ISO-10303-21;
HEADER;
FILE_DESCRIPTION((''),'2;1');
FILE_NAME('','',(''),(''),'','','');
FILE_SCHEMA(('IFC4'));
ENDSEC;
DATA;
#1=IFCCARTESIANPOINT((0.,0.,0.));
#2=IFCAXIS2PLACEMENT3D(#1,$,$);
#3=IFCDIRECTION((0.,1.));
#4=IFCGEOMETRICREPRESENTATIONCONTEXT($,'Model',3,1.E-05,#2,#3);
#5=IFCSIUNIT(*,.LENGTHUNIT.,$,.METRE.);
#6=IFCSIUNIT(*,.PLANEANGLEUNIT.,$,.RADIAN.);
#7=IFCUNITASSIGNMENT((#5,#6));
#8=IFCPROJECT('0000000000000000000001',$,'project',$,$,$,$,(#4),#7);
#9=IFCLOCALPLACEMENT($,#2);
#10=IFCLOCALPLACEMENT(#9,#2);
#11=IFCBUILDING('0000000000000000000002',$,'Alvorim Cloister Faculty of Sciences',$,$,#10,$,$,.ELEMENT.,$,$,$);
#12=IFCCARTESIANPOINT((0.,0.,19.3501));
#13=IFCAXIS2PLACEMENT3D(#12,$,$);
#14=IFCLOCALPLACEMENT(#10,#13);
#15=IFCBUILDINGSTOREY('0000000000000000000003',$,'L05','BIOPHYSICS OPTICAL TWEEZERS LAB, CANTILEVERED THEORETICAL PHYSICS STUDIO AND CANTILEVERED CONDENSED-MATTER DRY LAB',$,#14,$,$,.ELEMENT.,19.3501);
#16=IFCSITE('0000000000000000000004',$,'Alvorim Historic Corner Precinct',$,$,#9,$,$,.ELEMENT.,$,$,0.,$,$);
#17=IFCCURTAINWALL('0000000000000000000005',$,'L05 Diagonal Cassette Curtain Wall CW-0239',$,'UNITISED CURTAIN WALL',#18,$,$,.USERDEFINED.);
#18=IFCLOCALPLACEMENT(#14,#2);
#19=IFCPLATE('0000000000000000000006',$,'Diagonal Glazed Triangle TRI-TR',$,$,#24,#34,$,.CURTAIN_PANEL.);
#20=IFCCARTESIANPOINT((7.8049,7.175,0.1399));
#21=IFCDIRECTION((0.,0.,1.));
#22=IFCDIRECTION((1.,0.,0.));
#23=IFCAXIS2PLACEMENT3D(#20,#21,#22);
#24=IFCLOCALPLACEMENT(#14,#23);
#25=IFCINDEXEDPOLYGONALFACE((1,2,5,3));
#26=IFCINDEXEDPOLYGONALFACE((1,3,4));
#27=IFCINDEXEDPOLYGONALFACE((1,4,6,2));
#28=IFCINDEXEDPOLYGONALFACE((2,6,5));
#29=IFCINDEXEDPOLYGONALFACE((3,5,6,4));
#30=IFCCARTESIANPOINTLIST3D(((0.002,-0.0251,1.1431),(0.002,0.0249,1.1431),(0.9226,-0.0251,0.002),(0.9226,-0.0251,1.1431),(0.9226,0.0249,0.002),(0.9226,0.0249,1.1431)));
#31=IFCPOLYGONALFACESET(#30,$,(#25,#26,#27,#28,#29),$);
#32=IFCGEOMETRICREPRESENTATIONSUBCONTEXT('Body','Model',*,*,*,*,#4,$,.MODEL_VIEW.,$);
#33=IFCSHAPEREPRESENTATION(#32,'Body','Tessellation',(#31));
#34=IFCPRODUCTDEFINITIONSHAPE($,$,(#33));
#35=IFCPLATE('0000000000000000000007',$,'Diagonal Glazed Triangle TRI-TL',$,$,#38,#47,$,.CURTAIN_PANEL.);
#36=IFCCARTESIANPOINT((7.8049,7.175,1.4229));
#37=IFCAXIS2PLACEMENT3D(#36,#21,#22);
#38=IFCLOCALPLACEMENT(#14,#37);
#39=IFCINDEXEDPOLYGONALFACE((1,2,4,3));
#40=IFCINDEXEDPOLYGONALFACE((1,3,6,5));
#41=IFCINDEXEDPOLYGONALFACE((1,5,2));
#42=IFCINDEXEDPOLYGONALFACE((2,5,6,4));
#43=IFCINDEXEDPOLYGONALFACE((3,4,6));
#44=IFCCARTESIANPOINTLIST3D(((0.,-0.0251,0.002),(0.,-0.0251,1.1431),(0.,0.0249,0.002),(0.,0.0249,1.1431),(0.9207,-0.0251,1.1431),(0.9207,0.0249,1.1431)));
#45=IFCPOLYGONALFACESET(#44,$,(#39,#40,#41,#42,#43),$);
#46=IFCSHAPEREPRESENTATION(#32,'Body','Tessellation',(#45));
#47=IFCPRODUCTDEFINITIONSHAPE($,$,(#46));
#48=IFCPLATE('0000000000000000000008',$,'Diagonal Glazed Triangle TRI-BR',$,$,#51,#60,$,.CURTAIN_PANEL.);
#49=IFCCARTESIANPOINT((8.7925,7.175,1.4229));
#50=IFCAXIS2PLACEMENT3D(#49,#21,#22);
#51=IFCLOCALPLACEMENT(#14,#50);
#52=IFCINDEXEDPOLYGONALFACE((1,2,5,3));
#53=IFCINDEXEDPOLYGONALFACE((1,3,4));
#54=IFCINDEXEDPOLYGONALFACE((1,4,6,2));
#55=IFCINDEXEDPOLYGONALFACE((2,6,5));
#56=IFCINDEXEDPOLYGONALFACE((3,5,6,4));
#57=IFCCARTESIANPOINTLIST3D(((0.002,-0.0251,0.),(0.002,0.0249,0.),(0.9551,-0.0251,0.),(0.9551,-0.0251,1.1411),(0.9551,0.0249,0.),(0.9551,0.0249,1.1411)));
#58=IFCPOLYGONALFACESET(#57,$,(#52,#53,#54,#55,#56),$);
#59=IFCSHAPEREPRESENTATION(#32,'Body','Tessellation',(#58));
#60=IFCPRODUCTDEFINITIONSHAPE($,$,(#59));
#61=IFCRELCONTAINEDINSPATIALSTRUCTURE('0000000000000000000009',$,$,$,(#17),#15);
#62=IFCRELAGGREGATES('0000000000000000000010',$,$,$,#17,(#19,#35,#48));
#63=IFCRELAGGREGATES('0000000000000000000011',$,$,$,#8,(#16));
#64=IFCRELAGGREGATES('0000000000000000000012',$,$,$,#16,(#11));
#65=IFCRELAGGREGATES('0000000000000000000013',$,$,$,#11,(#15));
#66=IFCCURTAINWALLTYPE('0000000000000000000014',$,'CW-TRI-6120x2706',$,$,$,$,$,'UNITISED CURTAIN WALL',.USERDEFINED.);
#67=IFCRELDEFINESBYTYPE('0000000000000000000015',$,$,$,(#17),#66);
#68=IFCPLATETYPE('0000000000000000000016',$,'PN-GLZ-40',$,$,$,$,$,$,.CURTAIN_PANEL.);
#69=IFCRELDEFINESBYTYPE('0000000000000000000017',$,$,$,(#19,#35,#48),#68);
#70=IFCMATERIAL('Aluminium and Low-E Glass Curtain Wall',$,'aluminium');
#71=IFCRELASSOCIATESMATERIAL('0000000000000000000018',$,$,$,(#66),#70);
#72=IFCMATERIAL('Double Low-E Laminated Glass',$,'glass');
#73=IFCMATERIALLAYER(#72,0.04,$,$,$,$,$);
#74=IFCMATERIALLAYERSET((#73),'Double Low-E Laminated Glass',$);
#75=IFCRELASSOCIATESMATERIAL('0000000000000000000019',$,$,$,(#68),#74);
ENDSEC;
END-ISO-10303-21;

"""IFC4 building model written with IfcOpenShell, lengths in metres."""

from ifc_helpers import new_model, si_unit, direction, frame, origin, place, context, subcontext, project, spatial, polyline, outline, extrude, material, layer, layer_set, type_object, element, aggregate, save


model = new_model("IFC4")

# Units and contexts
model_context = context("Model", 3, precision=1e-05, world=origin(), true_north=direction((0.0, 1.0)))
body_context = subcontext(model_context, "Body", "Model", "MODEL_VIEW")
ifc_project = project(units=[si_unit("LENGTHUNIT", "METRE"), si_unit("PLANEANGLEUNIT", "RADIAN")], contexts=[model_context])

# Site, building, storey
site_placement = place(None, origin())
site = spatial("IfcSite", under=ifc_project, at=site_placement, Name="Alvorim Historic Corner Precinct", CompositionType="ELEMENT", RefElevation=0.0)
building_placement = place(site_placement, origin())
building = spatial("IfcBuilding", under=site, at=building_placement, Name="Alvorim Cloister Faculty of Sciences", CompositionType="ELEMENT")
storey_placement = place(building_placement, frame((0.0, 0.0, 19.3501)))
storey = spatial("IfcBuildingStorey", under=building, at=storey_placement, Name="L05", Description="BIOPHYSICS OPTICAL TWEEZERS LAB, CANTILEVERED THEORETICAL PHYSICS STUDIO AND CANTILEVERED CONDENSED-MATTER DRY LAB", CompositionType="ELEMENT", Elevation=19.3501)

# Curtain wall
ifc_material_1 = material(Name="Aluminium and Low-E Glass Curtain Wall", Category="aluminium")
curtain_wall_type = type_object("IfcCurtainWallType", Name="CW-TRI-6120x2706", ElementType="UNITISED CURTAIN WALL", PredefinedType="USERDEFINED", material=ifc_material_1)
curtain_wall_placement = place(storey_placement, origin())
curtain_wall = element("IfcCurtainWall", 1, at=curtain_wall_placement, inside=storey, type_object=curtain_wall_type, Name="L05 Diagonal Cassette Curtain Wall CW-0239", ObjectType="UNITISED CURTAIN WALL", PredefinedType="USERDEFINED")

# Plates
ifc_material_2 = material(Name="Double Low-E Laminated Glass", Category="glass")
ifc_layer_1 = layer(ifc_material_2, 0.04)
ifc_layer_set_1 = layer_set([ifc_layer_1], Name="Double Low-E Laminated Glass")
plate_type_1 = type_object("IfcPlateType", Name="PN-GLZ-40", PredefinedType="CURTAIN_PANEL", material=ifc_layer_set_1)
plate_1_placement = place(storey_placement, frame((7.8049, 7.175, 0.1399), z_axis=(0.0, 0.0, 1.0), x_axis=(1.0, 0.0, 0.0)))
plate_1 = element("IfcPlate", 2, at=plate_1_placement, type_object=plate_type_1, Name="Diagonal Glazed Triangle TRI-TR", PredefinedType="CURTAIN_PANEL", context=body_context, shape_type="SweptSolid", body=[
    extrude(outline(polyline([(0.9226, 0.002), (0.9226, 1.1431), (0.002, 1.1431), (0.9226, 0.002)])), frame((0.0, 0.0249, 0.0), z_axis=(0.0, -1.0, 0.0), x_axis=(1.0, 0.0, 0.0)), (0.0, 0.0, 1.0), 0.05),
])
plate_2_placement = place(storey_placement, frame((7.8049, 7.175, 1.4229), z_axis=(0.0, 0.0, 1.0), x_axis=(1.0, 0.0, 0.0)))
plate_2 = element("IfcPlate", 3, at=plate_2_placement, type_object=plate_type_1, Name="Diagonal Glazed Triangle TRI-TL", PredefinedType="CURTAIN_PANEL", context=body_context, shape_type="SweptSolid", body=[
    extrude(outline(polyline([(0.9207, 1.1431), (0.0, 1.1431), (0.0, 0.002), (0.9207, 1.1431)])), frame((0.0, 0.0249, 0.0), z_axis=(0.0, -1.0, 0.0), x_axis=(1.0, 0.0, 0.0)), (0.0, 0.0, 1.0), 0.05),
])
plate_3_placement = place(storey_placement, frame((8.7925, 7.175, 1.4229), z_axis=(0.0, 0.0, 1.0), x_axis=(1.0, 0.0, 0.0)))
plate_3 = element("IfcPlate", 4, at=plate_3_placement, type_object=plate_type_1, Name="Diagonal Glazed Triangle TRI-BR", PredefinedType="CURTAIN_PANEL", context=body_context, shape_type="SweptSolid", body=[
    extrude(outline(polyline([(0.002, 0.0), (0.9551, 0.0), (0.9551, 1.1411), (0.002, 0.0)])), frame((0.0, 0.0249, 0.0), z_axis=(0.0, -1.0, 0.0), x_axis=(1.0, 0.0, 0.0)), (0.0, 0.0, 1.0), 0.05),
])
aggregate(curtain_wall, [plate_1, plate_2, plate_3])

save(model, "model.ifc")
